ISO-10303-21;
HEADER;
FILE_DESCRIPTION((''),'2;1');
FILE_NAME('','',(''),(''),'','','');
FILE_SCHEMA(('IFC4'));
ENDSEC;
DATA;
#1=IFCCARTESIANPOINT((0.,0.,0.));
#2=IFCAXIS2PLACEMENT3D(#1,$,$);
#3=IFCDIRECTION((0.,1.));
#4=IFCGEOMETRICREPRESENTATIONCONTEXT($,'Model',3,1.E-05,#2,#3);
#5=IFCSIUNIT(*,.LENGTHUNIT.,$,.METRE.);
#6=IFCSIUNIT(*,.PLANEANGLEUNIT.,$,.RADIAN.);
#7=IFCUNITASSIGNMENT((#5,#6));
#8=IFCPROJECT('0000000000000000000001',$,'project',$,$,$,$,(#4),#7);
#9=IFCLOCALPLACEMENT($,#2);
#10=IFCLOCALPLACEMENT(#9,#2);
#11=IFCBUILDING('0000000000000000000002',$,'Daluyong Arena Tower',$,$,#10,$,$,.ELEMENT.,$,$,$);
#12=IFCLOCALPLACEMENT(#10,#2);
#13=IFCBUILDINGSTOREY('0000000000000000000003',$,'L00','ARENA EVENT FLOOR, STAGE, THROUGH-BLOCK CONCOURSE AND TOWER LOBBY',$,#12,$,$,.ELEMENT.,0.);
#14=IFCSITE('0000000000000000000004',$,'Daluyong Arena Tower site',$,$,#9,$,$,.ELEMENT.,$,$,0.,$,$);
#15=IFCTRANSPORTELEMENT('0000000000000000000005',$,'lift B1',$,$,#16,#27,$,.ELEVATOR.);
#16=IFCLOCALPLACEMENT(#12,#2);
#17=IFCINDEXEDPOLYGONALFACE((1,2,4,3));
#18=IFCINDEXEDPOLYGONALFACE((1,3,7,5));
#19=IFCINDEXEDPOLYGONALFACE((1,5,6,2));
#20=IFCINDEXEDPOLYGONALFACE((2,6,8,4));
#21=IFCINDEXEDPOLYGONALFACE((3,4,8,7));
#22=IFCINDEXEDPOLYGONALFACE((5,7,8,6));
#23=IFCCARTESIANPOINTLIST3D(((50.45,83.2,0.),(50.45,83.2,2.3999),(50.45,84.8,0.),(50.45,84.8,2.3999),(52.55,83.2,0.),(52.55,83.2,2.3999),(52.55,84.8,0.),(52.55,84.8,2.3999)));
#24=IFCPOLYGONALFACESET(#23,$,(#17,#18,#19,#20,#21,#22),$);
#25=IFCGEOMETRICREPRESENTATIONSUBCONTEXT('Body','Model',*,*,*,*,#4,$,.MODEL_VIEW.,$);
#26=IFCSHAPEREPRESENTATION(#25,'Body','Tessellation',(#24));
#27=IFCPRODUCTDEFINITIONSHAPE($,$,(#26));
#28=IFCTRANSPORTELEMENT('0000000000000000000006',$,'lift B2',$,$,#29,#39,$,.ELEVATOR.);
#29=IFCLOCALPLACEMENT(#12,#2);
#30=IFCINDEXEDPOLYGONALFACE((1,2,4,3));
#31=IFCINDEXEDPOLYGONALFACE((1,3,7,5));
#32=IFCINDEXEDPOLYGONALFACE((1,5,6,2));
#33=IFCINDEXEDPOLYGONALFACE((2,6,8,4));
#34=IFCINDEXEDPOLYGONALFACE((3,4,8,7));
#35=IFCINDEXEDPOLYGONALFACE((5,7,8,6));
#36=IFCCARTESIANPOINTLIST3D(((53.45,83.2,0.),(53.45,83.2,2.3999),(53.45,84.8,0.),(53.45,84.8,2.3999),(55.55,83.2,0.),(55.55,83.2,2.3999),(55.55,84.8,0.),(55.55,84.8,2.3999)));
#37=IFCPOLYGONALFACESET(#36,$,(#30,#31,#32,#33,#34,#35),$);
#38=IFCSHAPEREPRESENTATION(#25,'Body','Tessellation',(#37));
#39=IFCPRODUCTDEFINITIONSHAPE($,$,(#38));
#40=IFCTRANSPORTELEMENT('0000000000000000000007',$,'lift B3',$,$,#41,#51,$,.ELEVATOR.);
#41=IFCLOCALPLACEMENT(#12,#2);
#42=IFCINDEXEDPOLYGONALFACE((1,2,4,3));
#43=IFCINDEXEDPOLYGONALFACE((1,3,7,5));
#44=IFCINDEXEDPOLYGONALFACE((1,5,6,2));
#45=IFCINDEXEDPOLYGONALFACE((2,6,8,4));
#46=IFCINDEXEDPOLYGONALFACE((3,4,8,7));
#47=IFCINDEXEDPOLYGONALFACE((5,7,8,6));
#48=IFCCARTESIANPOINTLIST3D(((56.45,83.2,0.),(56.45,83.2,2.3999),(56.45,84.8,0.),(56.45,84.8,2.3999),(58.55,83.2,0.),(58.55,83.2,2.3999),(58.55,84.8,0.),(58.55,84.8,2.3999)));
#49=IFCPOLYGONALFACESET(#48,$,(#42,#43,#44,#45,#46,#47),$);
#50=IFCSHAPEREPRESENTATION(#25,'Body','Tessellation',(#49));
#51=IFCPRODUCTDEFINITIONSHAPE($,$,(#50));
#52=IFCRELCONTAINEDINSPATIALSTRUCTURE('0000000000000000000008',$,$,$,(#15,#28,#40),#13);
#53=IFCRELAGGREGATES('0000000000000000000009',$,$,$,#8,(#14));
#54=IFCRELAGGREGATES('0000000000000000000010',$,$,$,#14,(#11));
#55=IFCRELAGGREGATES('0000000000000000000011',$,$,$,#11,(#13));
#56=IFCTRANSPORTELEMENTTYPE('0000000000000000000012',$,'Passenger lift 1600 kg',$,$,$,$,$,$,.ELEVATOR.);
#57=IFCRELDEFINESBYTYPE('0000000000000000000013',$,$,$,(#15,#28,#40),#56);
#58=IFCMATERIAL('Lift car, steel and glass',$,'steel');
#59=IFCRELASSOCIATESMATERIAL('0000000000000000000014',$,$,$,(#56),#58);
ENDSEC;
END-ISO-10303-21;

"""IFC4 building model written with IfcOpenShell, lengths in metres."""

from ifc_helpers import new_model, si_unit, direction, frame, origin, origin_2d, place, context, subcontext, project, spatial, rectangle, extrude, material, type_object, element, save


model = new_model("IFC4")

# Units and contexts
model_context = context("Model", 3, precision=1e-05, world=origin(), true_north=direction((0.0, 1.0)))
body_context = subcontext(model_context, "Body", "Model", "MODEL_VIEW")
ifc_project = project(units=[si_unit("LENGTHUNIT", "METRE"), si_unit("PLANEANGLEUNIT", "RADIAN")], contexts=[model_context])

# Site, building, storey
site_placement = place(None, origin())
site = spatial("IfcSite", under=ifc_project, at=site_placement, Name="Daluyong Arena Tower site", CompositionType="ELEMENT", RefElevation=0.0)
building_placement = place(site_placement, origin())
building = spatial("IfcBuilding", under=site, at=building_placement, Name="Daluyong Arena Tower", CompositionType="ELEMENT")
storey_placement = place(building_placement, origin())
storey = spatial("IfcBuildingStorey", under=building, at=storey_placement, Name="L00", Description="ARENA EVENT FLOOR, STAGE, THROUGH-BLOCK CONCOURSE AND TOWER LOBBY", CompositionType="ELEMENT", Elevation=0.0)

# Transport elements
ifc_material_1 = material(Name="Lift car, steel and glass", Category="steel")
transport_element_type = type_object("IfcTransportElementType", Name="Passenger lift 1600 kg", PredefinedType="ELEVATOR", material=ifc_material_1)
for number, where, z_axis, x_axis, name in (
    (1, (51.5, 84.0, 0.0), (0.0, 0.0, 1.0), (1.0, 0.0, 0.0), "lift B1"),
    (2, (54.5, 84.0, 0.0), (0.0, 0.0, 1.0), (1.0, 0.0, 0.0), "lift B2"),
    (3, (57.5, 84.0, 0.0), (0.0, 0.0, 1.0), (1.0, 0.0, 0.0), "lift B3"),
):
    element("IfcTransportElement", number, at=place(storey_placement, frame(where, z_axis=z_axis, x_axis=x_axis)), inside=storey, type_object=transport_element_type, Name=name, PredefinedType="ELEVATOR", context=body_context, shape_type="SweptSolid", body=[
        extrude(rectangle(XDim=2.1001, YDim=1.6001, at=origin_2d()), origin(), (0.0, 0.0, 1.0), 2.3999),
    ])

save(model, "model.ifc")
